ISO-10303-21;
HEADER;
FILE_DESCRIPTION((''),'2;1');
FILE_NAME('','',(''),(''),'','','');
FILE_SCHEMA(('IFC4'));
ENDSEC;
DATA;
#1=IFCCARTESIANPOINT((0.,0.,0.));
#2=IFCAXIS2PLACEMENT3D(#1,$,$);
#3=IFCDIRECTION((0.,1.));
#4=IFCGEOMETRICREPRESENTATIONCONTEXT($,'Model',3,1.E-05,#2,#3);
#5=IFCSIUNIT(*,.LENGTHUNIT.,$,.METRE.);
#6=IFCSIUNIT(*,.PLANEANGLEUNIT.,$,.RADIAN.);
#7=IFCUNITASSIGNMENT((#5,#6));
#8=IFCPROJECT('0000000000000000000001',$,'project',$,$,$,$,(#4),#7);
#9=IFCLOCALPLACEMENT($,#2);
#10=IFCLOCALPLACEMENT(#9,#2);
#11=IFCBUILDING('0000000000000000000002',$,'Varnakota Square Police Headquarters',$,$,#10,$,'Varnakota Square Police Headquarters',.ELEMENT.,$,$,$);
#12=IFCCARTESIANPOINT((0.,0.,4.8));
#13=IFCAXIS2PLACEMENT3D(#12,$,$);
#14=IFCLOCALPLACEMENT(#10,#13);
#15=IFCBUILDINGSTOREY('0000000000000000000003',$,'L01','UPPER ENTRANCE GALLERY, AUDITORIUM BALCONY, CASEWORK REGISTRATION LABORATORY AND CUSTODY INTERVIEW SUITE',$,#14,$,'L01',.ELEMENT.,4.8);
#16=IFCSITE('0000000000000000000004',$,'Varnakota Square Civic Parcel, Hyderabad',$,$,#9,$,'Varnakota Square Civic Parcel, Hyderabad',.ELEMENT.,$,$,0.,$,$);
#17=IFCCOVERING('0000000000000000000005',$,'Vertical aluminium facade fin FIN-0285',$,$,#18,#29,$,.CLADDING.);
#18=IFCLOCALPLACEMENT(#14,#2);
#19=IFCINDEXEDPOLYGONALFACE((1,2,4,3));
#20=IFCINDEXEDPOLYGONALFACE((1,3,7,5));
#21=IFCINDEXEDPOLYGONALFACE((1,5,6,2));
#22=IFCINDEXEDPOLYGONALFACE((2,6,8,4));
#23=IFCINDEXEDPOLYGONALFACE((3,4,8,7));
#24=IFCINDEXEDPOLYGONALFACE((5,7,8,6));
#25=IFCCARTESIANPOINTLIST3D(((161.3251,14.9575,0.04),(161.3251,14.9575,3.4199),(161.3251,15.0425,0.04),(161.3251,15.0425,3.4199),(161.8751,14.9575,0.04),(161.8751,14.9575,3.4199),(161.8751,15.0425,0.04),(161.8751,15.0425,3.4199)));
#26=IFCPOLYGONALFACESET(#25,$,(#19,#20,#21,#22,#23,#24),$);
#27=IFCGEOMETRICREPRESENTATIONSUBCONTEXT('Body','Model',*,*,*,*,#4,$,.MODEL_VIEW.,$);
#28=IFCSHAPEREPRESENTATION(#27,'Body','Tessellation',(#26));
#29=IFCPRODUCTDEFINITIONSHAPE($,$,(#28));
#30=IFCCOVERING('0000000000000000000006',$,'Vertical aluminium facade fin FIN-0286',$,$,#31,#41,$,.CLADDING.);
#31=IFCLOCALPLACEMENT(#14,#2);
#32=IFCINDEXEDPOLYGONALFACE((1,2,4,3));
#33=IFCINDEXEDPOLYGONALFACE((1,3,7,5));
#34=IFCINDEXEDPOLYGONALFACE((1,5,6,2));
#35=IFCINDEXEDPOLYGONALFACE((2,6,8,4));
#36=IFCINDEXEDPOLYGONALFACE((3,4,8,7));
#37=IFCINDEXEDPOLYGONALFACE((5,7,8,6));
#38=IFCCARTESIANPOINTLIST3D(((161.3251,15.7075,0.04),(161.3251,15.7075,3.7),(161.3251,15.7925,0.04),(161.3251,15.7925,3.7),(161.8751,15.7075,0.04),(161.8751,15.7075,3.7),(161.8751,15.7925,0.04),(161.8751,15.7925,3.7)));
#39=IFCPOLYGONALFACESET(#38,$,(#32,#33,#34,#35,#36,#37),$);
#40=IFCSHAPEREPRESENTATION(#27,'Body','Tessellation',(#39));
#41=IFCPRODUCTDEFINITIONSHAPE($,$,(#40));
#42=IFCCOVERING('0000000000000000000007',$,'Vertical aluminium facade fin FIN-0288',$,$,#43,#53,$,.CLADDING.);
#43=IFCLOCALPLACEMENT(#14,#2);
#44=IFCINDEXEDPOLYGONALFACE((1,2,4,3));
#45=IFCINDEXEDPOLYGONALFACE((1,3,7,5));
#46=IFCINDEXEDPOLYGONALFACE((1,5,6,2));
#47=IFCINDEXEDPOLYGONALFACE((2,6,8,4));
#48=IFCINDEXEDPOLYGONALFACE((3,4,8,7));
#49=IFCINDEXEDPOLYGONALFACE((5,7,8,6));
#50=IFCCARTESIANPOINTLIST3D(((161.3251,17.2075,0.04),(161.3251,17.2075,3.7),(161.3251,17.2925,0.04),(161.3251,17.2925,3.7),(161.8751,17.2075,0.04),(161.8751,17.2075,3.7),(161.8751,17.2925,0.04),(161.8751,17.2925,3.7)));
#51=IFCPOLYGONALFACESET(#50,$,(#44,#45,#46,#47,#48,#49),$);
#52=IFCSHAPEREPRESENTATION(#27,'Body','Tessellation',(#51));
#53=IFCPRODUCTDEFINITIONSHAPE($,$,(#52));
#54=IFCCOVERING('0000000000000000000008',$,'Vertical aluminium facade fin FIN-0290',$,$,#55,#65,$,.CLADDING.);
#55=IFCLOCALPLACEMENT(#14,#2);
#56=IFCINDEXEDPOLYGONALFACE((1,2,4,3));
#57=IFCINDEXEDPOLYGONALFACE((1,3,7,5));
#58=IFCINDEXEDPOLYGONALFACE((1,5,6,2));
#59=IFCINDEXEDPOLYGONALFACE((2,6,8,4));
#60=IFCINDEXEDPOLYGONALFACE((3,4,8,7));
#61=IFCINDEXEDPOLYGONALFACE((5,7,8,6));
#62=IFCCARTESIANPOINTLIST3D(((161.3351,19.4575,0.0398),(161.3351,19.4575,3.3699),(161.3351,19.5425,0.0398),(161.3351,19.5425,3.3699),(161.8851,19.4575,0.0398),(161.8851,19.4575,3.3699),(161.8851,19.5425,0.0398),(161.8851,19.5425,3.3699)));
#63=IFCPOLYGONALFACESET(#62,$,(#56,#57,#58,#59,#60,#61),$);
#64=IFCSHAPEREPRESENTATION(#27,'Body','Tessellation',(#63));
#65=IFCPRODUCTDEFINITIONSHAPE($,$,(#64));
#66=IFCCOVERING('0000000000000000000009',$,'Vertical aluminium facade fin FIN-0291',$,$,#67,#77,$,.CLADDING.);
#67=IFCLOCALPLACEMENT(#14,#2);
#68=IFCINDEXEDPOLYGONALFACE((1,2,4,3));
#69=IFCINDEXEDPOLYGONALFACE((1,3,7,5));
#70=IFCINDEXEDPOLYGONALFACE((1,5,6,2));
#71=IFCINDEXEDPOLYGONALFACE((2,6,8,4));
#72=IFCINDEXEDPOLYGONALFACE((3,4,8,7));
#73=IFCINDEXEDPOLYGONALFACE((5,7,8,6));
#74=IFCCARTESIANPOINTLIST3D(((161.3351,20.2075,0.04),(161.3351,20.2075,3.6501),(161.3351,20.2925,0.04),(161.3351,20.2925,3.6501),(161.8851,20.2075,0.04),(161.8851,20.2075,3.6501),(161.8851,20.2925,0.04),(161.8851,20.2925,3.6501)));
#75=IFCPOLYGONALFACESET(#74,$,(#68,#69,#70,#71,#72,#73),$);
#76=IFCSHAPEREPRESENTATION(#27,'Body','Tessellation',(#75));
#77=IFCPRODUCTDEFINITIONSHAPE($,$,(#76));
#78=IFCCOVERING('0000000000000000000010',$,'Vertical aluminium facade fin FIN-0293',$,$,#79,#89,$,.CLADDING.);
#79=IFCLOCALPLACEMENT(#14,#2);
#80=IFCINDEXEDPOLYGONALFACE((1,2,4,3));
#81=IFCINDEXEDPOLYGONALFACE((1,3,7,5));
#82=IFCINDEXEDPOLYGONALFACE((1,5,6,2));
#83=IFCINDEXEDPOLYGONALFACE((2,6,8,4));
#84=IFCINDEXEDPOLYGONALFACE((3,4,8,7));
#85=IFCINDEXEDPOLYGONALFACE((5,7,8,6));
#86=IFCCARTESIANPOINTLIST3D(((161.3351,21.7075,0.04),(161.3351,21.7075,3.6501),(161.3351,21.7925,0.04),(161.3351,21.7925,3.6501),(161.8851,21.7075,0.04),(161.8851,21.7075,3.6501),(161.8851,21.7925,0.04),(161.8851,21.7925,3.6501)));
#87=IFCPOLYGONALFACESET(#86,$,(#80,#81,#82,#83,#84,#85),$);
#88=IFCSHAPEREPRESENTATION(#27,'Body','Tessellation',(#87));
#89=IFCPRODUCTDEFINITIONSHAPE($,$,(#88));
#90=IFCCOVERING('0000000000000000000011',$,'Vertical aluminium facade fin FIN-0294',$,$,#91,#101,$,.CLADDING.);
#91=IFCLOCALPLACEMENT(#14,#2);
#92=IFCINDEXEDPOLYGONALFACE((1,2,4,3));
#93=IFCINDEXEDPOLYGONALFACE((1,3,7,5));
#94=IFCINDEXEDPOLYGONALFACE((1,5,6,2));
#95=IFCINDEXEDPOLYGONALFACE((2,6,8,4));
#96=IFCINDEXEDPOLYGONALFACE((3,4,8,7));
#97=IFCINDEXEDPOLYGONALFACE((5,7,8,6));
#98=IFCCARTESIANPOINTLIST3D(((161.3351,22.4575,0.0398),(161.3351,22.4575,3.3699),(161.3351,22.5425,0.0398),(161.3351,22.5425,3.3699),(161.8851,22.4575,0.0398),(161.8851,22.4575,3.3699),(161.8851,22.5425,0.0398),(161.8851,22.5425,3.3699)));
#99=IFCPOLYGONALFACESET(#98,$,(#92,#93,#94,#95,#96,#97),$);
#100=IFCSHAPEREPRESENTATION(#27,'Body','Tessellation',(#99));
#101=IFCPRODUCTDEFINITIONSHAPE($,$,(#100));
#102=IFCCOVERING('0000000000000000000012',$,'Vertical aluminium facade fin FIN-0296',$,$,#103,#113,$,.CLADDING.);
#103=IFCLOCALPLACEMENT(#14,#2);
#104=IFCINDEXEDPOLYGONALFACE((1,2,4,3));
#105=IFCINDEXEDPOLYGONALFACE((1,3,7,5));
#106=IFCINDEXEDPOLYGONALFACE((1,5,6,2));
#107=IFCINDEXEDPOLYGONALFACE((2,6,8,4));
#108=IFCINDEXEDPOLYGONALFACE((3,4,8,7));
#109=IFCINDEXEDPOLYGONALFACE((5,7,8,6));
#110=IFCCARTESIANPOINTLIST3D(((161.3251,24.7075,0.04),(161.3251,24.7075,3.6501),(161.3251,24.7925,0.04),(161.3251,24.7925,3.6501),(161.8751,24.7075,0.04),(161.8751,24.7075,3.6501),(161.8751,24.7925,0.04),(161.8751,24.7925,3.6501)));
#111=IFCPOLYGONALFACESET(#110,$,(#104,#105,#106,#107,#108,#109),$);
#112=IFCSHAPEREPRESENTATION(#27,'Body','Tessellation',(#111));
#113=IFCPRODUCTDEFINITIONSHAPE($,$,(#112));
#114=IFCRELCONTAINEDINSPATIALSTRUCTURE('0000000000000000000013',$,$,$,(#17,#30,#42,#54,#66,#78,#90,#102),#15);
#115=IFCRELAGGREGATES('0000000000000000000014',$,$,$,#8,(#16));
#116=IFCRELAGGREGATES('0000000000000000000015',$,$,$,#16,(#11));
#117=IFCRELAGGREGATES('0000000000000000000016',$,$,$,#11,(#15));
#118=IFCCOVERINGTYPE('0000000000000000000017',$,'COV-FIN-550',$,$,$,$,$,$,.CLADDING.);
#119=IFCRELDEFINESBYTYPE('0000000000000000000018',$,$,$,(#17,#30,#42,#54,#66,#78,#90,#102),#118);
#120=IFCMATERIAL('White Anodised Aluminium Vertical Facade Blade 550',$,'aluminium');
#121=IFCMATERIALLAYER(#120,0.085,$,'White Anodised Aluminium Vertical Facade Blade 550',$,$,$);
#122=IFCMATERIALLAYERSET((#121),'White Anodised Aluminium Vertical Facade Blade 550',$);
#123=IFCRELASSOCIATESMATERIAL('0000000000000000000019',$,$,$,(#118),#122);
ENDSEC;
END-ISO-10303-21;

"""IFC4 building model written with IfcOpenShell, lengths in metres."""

from ifc_helpers import new_model, si_unit, direction, frame, origin, origin_2d, place, context, subcontext, project, spatial, rectangle, extrude, material, layer, layer_set, type_object, element, save


model = new_model("IFC4")

# Units and contexts
model_context = context("Model", 3, precision=1e-05, world=origin(), true_north=direction((0.0, 1.0)))
body_context = subcontext(model_context, "Body", "Model", "MODEL_VIEW")
ifc_project = project(units=[si_unit("LENGTHUNIT", "METRE"), si_unit("PLANEANGLEUNIT", "RADIAN")], contexts=[model_context])

# Site, building, storey
site_placement = place(None, origin())
site = spatial("IfcSite", under=ifc_project, at=site_placement, Name="Varnakota Square Civic Parcel, Hyderabad", LongName="Varnakota Square Civic Parcel, Hyderabad", CompositionType="ELEMENT", RefElevation=0.0)
building_placement = place(site_placement, origin())
building = spatial("IfcBuilding", under=site, at=building_placement, Name="Varnakota Square Police Headquarters", LongName="Varnakota Square Police Headquarters", CompositionType="ELEMENT")
storey_placement = place(building_placement, frame((0.0, 0.0, 4.8)))
storey = spatial("IfcBuildingStorey", under=building, at=storey_placement, Name="L01", Description="UPPER ENTRANCE GALLERY, AUDITORIUM BALCONY, CASEWORK REGISTRATION LABORATORY AND CUSTODY INTERVIEW SUITE", LongName="L01", CompositionType="ELEMENT", Elevation=4.8)

# Coverings
ifc_material_1 = material(Name="White Anodised Aluminium Vertical Facade Blade 550", Category="aluminium")
ifc_layer_1 = layer(ifc_material_1, 0.085, Name="White Anodised Aluminium Vertical Facade Blade 550")
ifc_layer_set_1 = layer_set([ifc_layer_1], Name="White Anodised Aluminium Vertical Facade Blade 550")
covering_type_1 = type_object("IfcCoveringType", Name="COV-FIN-550", PredefinedType="CLADDING", material=ifc_layer_set_1)
covering_1_placement = place(storey_placement, frame((161.6001, 15.0, 0.04), z_axis=(0.0, 0.0, 1.0), x_axis=(0.0, 1.0, 0.0)))
element("IfcCovering", 1, at=covering_1_placement, inside=storey, type_object=covering_type_1, Name="Vertical aluminium facade fin FIN-0285", PredefinedType="CLADDING", context=body_context, shape_type="SweptSolid", body=[
    extrude(rectangle(XDim=0.085, YDim=0.55, at=origin_2d()), origin(), (0.0, 0.0, 1.0), 3.3799),
])
for number, where, z_axis, x_axis, name in (
    (2, (161.6001, 15.75, 0.04), (0.0, 0.0, 1.0), (0.0, 1.0, 0.0), "Vertical aluminium facade fin FIN-0286"),
    (3, (161.6001, 17.25, 0.04), (0.0, 0.0, 1.0), (0.0, 1.0, 0.0), "Vertical aluminium facade fin FIN-0288"),
):
    element("IfcCovering", number, at=place(storey_placement, frame(where, z_axis=z_axis, x_axis=x_axis)), inside=storey, type_object=covering_type_1, Name=name, PredefinedType="CLADDING", context=body_context, shape_type="SweptSolid", body=[
        extrude(rectangle(XDim=0.085, YDim=0.55, at=origin_2d()), origin(), (0.0, 0.0, 1.0), 3.6599),
    ])
covering_2_placement = place(storey_placement, frame((161.6101, 19.5, 0.0398), z_axis=(0.0, 0.0, 1.0), x_axis=(0.0, 1.0, 0.0)))
element("IfcCovering", 4, at=covering_2_placement, inside=storey, type_object=covering_type_1, Name="Vertical aluminium facade fin FIN-0290", PredefinedType="CLADDING", context=body_context, shape_type="SweptSolid", body=[
    extrude(rectangle(XDim=0.085, YDim=0.55, at=origin_2d()), origin(), (0.0, 0.0, 1.0), 3.3301),
])
for number, where, z_axis, x_axis, name in (
    (5, (161.6101, 20.25, 0.04), (0.0, 0.0, 1.0), (0.0, 1.0, 0.0), "Vertical aluminium facade fin FIN-0291"),
    (6, (161.6101, 21.75, 0.04), (0.0, 0.0, 1.0), (0.0, 1.0, 0.0), "Vertical aluminium facade fin FIN-0293"),
):
    element("IfcCovering", number, at=place(storey_placement, frame(where, z_axis=z_axis, x_axis=x_axis)), inside=storey, type_object=covering_type_1, Name=name, PredefinedType="CLADDING", context=body_context, shape_type="SweptSolid", body=[
        extrude(rectangle(XDim=0.085, YDim=0.55, at=origin_2d()), origin(), (0.0, 0.0, 1.0), 3.6101),
    ])
covering_3_placement = place(storey_placement, frame((161.6101, 22.5, 0.0398), z_axis=(0.0, 0.0, 1.0), x_axis=(0.0, 1.0, 0.0)))
element("IfcCovering", 7, at=covering_3_placement, inside=storey, type_object=covering_type_1, Name="Vertical aluminium facade fin FIN-0294", PredefinedType="CLADDING", context=body_context, shape_type="SweptSolid", body=[
    extrude(rectangle(XDim=0.085, YDim=0.55, at=origin_2d()), origin(), (0.0, 0.0, 1.0), 3.3301),
])
covering_4_placement = place(storey_placement, frame((161.6001, 24.75, 0.04), z_axis=(0.0, 0.0, 1.0), x_axis=(0.0, 1.0, 0.0)))
element("IfcCovering", 8, at=covering_4_placement, inside=storey, type_object=covering_type_1, Name="Vertical aluminium facade fin FIN-0296", PredefinedType="CLADDING", context=body_context, shape_type="SweptSolid", body=[
    extrude(rectangle(XDim=0.085, YDim=0.55, at=origin_2d()), origin(), (0.0, 0.0, 1.0), 3.6101),
])

save(model, "model.ifc")
